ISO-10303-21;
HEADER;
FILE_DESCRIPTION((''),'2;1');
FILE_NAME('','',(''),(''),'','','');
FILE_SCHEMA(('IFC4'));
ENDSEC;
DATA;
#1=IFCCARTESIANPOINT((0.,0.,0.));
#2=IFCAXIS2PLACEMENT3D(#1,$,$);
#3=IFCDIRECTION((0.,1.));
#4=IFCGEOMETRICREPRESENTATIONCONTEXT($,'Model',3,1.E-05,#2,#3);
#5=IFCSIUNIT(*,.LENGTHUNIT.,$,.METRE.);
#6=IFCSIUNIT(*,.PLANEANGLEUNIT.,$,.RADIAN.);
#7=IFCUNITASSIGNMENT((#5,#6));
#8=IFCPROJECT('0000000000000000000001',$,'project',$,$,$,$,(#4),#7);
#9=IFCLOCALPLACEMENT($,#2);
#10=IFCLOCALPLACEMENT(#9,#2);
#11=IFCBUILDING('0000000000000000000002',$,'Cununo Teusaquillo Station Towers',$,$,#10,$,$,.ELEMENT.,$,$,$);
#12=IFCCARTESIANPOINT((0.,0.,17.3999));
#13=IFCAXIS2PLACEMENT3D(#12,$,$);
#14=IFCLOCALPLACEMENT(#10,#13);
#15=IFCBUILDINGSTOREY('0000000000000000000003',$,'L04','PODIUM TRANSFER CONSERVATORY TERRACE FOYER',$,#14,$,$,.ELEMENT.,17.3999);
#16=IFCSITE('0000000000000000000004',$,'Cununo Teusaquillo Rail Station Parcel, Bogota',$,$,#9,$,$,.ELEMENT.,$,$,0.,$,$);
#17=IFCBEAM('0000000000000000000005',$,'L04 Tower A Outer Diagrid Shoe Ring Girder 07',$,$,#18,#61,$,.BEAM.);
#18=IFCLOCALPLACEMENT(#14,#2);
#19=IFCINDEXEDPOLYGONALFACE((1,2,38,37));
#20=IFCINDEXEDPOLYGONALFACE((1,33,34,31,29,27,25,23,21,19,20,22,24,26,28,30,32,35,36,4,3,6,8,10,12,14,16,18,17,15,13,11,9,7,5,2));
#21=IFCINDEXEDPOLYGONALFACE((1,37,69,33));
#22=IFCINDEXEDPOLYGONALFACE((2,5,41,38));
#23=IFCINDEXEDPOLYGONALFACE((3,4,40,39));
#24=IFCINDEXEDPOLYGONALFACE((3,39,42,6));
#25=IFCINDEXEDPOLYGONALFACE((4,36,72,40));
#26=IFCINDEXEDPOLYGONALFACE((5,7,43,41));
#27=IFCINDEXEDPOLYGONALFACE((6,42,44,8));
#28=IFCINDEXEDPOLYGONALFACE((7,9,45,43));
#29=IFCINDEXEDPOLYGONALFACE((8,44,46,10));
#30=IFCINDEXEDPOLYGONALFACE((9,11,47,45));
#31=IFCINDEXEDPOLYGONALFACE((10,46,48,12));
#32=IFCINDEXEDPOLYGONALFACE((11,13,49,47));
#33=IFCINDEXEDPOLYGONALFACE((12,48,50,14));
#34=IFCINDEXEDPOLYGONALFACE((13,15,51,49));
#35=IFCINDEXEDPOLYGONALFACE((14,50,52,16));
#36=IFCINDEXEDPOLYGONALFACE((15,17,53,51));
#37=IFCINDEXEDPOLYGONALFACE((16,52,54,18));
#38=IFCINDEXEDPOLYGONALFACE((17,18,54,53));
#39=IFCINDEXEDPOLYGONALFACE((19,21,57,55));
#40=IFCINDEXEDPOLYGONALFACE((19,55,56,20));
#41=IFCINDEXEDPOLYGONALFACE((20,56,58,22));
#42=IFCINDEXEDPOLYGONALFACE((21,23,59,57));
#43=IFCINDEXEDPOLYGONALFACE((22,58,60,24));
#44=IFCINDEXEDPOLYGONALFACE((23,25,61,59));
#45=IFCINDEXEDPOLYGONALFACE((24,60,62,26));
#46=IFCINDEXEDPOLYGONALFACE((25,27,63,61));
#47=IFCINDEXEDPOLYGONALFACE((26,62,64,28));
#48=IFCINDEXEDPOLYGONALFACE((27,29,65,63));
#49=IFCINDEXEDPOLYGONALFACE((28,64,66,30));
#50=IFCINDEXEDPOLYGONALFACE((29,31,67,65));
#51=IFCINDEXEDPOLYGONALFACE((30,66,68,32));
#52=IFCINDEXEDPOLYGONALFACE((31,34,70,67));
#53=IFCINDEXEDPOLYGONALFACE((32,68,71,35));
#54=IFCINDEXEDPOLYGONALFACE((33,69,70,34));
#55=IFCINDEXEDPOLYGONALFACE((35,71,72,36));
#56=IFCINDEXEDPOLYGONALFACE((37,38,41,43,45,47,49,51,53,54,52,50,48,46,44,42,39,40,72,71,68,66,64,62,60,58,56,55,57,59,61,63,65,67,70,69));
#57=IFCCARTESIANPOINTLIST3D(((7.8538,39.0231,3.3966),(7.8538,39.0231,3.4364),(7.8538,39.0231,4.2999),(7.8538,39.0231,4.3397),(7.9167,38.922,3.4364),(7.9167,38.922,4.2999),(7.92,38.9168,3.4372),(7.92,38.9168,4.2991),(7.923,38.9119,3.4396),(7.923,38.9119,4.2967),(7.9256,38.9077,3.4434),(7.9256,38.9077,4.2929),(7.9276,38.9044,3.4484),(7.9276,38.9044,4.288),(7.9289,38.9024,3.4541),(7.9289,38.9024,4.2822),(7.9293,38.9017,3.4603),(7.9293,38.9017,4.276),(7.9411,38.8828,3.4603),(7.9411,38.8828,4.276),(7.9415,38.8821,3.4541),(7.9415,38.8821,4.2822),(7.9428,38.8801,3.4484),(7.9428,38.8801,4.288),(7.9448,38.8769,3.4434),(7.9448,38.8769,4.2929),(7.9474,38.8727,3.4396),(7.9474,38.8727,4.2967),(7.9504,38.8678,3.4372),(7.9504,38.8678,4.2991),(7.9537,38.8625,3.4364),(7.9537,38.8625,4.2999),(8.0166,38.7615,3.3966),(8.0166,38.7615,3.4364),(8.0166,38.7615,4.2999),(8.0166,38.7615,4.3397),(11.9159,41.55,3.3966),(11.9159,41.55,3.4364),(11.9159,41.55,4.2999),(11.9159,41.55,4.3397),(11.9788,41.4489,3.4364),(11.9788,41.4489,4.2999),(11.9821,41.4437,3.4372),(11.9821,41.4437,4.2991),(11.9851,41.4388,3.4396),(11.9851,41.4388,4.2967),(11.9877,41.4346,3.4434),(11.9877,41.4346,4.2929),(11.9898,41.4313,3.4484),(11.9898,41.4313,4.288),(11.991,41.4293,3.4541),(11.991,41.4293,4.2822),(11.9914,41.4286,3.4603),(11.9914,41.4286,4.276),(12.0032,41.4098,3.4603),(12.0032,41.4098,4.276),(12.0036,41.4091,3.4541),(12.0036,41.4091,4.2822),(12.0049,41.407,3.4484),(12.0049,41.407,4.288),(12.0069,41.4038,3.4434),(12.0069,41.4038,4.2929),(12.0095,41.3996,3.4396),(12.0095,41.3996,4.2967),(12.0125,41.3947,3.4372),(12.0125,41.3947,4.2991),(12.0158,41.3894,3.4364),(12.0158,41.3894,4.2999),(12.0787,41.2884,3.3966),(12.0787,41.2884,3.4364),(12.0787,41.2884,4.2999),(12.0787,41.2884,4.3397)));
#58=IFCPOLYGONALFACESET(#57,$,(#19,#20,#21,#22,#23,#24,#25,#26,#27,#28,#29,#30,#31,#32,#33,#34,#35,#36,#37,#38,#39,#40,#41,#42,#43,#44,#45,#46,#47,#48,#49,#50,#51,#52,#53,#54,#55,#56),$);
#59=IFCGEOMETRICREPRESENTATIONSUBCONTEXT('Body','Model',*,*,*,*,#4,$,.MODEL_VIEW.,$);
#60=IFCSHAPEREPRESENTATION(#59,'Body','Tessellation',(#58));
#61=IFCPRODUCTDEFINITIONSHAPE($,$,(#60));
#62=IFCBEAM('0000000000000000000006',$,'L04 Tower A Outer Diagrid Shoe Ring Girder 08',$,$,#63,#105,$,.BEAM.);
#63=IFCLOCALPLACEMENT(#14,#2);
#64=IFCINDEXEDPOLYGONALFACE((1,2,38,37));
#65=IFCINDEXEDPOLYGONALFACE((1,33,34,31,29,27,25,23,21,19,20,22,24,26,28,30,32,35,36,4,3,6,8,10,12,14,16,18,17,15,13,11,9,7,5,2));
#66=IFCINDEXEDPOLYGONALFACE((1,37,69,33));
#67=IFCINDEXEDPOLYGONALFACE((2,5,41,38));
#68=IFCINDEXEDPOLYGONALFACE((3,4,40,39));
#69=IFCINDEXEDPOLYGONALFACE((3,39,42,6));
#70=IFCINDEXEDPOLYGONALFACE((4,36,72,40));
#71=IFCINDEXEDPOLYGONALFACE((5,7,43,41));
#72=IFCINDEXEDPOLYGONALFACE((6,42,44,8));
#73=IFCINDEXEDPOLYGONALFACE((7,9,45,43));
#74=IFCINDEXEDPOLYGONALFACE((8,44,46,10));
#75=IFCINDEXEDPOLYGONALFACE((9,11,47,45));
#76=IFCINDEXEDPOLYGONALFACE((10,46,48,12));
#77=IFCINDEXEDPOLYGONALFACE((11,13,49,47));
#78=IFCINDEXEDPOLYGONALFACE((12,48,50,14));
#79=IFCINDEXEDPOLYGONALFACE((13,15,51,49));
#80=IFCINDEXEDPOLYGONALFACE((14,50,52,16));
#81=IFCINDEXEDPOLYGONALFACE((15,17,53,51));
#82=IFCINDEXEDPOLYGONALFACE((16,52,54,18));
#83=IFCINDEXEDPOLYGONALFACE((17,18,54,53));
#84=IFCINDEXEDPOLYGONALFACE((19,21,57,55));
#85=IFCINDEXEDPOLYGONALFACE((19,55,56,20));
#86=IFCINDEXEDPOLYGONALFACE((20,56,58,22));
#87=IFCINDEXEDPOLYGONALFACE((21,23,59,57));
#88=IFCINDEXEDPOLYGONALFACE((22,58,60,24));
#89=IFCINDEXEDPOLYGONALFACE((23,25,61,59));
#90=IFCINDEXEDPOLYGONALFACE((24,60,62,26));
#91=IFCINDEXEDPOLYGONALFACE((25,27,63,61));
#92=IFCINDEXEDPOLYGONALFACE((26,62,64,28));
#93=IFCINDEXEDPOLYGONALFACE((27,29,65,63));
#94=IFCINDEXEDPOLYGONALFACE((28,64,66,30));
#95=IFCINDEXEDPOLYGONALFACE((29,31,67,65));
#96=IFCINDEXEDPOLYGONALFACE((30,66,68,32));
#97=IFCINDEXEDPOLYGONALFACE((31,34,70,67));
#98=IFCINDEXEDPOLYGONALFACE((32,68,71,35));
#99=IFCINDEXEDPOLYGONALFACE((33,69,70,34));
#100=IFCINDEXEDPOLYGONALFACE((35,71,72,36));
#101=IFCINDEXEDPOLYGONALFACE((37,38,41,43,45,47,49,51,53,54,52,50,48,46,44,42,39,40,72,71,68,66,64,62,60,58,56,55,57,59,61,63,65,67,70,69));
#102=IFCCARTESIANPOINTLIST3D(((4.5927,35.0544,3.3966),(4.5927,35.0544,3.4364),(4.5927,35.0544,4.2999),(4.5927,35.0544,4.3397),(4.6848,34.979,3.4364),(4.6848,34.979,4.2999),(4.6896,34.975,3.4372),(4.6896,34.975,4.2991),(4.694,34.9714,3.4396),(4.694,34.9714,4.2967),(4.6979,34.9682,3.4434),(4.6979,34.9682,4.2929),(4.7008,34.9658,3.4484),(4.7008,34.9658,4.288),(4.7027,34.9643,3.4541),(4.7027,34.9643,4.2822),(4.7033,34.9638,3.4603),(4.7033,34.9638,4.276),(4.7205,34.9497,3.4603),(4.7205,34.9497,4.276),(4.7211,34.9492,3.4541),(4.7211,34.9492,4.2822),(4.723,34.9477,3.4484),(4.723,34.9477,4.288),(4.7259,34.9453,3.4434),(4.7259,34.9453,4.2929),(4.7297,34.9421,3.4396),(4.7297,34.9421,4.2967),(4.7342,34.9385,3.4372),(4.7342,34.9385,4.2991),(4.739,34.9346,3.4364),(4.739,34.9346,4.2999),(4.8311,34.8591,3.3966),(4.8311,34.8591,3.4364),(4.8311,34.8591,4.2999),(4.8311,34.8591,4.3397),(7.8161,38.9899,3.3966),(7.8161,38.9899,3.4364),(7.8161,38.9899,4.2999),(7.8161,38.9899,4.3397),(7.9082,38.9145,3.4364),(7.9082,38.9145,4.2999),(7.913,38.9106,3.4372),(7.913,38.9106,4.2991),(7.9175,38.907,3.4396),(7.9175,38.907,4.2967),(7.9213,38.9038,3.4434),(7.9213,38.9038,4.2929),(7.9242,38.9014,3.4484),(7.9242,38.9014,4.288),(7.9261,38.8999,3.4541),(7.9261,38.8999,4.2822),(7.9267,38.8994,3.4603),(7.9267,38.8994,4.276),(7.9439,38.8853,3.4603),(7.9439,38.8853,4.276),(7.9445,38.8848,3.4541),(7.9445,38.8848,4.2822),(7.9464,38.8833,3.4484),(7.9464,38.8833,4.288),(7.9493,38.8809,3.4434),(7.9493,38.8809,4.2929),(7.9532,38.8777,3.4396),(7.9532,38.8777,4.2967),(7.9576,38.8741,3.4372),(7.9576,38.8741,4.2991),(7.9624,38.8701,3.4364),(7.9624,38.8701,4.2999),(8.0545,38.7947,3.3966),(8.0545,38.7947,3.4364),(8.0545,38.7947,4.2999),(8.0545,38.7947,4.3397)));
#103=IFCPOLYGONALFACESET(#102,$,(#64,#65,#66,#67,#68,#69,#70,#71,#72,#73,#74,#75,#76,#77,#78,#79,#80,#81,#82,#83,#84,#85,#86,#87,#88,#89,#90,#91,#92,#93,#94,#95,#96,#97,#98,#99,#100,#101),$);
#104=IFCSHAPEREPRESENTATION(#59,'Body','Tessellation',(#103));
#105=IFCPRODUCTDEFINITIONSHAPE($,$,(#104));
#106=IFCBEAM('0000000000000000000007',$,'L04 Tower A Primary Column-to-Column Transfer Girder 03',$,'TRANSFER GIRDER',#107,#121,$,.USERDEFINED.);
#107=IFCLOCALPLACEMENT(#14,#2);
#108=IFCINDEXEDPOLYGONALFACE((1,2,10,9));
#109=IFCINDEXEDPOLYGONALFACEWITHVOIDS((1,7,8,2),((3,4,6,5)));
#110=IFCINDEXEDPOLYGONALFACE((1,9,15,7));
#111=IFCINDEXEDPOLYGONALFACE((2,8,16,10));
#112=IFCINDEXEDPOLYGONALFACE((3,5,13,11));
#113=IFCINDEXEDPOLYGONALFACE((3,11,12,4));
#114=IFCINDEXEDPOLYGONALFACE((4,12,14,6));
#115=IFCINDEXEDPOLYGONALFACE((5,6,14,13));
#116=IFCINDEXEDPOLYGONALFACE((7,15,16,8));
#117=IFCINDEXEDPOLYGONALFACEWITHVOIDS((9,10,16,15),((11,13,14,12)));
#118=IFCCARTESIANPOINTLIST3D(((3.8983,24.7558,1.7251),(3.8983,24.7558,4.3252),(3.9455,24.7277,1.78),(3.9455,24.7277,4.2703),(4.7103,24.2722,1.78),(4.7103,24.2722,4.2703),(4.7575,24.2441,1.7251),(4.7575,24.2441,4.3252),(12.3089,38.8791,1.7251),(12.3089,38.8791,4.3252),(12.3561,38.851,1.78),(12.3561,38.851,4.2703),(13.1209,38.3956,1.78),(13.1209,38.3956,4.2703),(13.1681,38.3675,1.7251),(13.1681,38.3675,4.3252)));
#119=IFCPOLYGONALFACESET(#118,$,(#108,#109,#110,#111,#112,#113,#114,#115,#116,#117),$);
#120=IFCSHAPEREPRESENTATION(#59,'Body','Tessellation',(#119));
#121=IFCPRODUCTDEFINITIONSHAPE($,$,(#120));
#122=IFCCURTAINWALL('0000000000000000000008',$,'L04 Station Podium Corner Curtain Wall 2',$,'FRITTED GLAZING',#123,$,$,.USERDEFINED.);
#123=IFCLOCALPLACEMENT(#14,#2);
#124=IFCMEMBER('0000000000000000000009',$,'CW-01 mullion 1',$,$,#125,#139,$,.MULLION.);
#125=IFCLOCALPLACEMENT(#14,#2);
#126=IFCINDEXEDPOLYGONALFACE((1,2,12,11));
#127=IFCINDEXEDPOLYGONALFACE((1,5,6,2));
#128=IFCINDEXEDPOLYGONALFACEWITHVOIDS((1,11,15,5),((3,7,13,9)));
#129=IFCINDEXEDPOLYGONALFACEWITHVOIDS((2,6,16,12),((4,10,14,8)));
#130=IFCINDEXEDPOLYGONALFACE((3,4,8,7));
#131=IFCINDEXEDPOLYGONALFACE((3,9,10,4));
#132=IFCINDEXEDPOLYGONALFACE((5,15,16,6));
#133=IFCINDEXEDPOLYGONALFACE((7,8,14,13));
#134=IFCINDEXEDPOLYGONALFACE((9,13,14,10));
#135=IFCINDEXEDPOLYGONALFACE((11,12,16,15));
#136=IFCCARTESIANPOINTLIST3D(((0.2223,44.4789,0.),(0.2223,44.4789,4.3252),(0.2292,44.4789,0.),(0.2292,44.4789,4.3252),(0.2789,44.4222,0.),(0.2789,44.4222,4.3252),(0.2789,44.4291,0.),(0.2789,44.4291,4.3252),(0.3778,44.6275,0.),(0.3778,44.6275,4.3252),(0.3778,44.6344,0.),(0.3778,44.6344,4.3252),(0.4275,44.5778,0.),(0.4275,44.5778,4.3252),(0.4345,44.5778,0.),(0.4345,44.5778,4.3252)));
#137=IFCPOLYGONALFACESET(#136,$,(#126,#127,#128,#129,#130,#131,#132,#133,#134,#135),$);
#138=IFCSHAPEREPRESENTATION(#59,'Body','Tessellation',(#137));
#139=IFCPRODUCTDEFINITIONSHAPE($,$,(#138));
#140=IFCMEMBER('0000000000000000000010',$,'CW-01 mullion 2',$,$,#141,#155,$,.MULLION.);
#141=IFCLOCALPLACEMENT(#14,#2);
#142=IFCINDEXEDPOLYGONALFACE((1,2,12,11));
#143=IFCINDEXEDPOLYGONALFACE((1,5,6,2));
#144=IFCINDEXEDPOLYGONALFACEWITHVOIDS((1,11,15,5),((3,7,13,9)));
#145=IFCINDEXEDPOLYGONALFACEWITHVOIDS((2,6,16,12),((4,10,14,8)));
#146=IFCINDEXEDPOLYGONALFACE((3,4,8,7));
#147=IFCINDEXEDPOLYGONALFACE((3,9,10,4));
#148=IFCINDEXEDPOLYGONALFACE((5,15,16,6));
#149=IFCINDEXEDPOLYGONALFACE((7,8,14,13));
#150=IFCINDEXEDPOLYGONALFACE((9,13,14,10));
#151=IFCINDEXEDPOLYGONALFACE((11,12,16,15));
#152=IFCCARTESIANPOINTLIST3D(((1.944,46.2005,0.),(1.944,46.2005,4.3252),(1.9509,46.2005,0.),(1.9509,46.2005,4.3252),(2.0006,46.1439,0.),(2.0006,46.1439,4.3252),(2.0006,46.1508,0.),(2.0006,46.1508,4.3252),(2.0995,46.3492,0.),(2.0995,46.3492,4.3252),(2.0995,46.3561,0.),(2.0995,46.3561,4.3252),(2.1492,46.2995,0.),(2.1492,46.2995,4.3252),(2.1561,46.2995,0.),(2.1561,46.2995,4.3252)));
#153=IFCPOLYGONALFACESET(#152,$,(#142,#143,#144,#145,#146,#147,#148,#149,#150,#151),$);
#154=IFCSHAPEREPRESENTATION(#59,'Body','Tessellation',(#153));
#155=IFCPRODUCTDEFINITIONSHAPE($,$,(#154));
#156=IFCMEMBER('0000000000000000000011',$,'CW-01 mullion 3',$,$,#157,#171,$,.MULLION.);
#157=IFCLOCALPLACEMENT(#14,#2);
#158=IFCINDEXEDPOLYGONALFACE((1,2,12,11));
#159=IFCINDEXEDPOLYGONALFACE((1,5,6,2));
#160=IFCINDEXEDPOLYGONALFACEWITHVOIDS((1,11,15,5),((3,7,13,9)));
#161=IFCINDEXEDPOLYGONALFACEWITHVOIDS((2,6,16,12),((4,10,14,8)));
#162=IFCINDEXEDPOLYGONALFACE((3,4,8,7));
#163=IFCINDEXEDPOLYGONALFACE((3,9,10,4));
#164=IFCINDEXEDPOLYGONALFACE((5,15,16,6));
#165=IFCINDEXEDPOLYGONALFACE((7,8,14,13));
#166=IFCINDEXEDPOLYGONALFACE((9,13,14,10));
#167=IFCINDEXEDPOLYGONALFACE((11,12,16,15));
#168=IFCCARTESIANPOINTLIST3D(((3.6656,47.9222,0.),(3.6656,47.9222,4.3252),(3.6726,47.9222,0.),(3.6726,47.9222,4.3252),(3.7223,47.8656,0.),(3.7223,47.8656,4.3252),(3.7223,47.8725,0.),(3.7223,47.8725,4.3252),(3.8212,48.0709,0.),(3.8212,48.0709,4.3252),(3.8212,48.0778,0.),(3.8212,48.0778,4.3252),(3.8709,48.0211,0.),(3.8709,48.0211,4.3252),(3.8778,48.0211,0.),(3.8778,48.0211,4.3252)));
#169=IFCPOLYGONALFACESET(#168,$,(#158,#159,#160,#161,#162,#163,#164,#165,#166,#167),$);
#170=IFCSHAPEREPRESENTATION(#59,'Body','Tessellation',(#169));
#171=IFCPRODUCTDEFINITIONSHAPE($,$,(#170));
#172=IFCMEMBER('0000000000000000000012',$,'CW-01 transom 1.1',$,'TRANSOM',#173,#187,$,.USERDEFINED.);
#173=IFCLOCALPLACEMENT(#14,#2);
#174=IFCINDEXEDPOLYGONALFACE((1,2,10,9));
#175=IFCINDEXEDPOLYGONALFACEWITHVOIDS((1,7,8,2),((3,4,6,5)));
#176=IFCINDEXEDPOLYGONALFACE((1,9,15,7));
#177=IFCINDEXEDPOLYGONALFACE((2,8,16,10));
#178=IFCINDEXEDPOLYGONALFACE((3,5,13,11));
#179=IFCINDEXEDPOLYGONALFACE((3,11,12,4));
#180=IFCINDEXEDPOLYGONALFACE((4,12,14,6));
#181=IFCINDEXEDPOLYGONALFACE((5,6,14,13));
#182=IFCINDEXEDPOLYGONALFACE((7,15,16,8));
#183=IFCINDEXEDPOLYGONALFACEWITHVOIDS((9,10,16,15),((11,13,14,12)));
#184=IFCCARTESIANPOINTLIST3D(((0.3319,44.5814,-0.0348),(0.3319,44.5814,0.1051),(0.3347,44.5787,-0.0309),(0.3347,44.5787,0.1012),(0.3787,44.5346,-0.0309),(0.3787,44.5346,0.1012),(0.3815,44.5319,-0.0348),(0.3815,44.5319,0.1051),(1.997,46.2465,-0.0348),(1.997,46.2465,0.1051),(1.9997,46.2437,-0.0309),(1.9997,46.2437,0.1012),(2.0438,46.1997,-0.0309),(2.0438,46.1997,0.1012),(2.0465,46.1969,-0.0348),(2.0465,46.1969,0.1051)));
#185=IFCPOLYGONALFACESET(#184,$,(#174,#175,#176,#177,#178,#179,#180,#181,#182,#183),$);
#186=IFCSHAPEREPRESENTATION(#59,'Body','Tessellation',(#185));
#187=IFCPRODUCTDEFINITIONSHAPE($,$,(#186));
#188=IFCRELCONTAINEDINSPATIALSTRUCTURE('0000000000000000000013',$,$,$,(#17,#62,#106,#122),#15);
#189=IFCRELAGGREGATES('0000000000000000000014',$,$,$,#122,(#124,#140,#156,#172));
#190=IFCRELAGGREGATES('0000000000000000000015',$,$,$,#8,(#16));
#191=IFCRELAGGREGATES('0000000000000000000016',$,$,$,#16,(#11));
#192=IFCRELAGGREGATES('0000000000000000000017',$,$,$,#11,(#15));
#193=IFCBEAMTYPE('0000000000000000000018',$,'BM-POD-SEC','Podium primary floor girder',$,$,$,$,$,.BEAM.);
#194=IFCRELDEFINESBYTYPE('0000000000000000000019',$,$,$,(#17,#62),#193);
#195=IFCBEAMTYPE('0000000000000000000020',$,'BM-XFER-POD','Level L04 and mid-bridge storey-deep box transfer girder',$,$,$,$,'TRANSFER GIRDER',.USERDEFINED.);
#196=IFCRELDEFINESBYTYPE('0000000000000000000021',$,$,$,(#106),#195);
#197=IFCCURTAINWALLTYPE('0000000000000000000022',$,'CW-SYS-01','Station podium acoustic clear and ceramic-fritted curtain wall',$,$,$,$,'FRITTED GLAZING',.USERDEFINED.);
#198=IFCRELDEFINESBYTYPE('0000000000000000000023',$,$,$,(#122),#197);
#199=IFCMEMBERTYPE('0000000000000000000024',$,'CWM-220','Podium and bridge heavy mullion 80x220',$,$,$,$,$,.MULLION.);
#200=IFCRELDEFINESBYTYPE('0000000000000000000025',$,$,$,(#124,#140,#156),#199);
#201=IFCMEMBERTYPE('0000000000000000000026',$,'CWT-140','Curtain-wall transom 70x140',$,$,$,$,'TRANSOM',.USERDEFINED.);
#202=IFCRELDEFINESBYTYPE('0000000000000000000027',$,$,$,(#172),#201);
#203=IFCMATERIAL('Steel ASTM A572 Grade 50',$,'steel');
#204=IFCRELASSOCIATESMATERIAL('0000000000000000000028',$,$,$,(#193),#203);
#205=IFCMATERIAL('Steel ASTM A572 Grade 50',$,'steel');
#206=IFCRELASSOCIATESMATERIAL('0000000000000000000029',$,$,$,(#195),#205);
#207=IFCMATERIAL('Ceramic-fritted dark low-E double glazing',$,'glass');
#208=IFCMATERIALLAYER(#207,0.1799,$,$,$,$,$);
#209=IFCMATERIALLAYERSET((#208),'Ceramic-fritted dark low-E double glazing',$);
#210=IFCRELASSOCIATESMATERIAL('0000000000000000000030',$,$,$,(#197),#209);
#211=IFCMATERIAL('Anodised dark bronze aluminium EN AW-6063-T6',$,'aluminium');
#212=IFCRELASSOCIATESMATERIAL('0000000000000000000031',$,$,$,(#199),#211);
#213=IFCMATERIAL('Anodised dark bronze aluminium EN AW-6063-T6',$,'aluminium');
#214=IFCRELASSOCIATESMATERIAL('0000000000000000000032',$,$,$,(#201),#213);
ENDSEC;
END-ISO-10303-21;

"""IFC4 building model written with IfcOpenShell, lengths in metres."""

from ifc_helpers import new_model, si_unit, direction, frame, origin, origin_2d, place, context, subcontext, project, spatial, hollow_rectangle, i_section, extrude, material, layer, layer_set, material_profile, profile_set, type_object, element, aggregate, save


model = new_model("IFC4")

# Units and contexts
model_context = context("Model", 3, precision=1e-05, world=origin(), true_north=direction((0.0, 1.0)))
body_context = subcontext(model_context, "Body", "Model", "MODEL_VIEW")
ifc_project = project(units=[si_unit("LENGTHUNIT", "METRE"), si_unit("PLANEANGLEUNIT", "RADIAN")], contexts=[model_context])

# Site, building, storey
site_placement = place(None, origin())
site = spatial("IfcSite", under=ifc_project, at=site_placement, Name="Cununo Teusaquillo Rail Station Parcel, Bogota", CompositionType="ELEMENT", RefElevation=0.0)
building_placement = place(site_placement, origin())
building = spatial("IfcBuilding", under=site, at=building_placement, Name="Cununo Teusaquillo Station Towers", CompositionType="ELEMENT")
storey_placement = place(building_placement, frame((0.0, 0.0, 17.3999)))
storey = spatial("IfcBuildingStorey", under=building, at=storey_placement, Name="L04", Description="PODIUM TRANSFER CONSERVATORY TERRACE FOYER", CompositionType="ELEMENT", Elevation=17.3999)

# Beams
ifc_material_1 = material(Name="Steel ASTM A572 Grade 50", Category="steel")
ifc_material_profile_1 = material_profile(ifc_material_1, i_section(OverallWidth=0.3081, OverallDepth=0.9431, WebThickness=0.0222, FlangeThickness=0.0398, FilletRadius=0.0239, at=origin_2d()), Name="W36X232")
ifc_profile_set_1 = profile_set([ifc_material_profile_1], Name="Steel ASTM A572 Grade 50")
beam_type_1 = type_object("IfcBeamType", Name="BM-POD-SEC", Description="Podium primary floor girder", PredefinedType="BEAM", material=ifc_profile_set_1)
beam_1_placement = place(storey_placement, frame((11.9973, 41.4192, 3.8682), z_axis=(-0.849115, -0.528209, 0.0), x_axis=(0.528209, -0.849115, 0.0)))
element("IfcBeam", 1, at=beam_1_placement, inside=storey, type_object=beam_type_1, Name="L04 Tower A Outer Diagrid Shoe Ring Girder 07", PredefinedType="BEAM", context=body_context, shape_type="SweptSolid", body=[
    extrude(i_section(OverallWidth=0.3081, OverallDepth=0.9431, WebThickness=0.0222, FlangeThickness=0.0398, FilletRadius=0.0239, at=origin_2d()), origin(), (0.0, 0.0, 1.0), 4.7839),
])
beam_2_placement = place(storey_placement, frame((7.9353, 38.8923, 3.8682), z_axis=(-0.633638, -0.77363, 0.0), x_axis=(0.77363, -0.633638, 0.0)))
element("IfcBeam", 2, at=beam_2_placement, inside=storey, type_object=beam_type_1, Name="L04 Tower A Outer Diagrid Shoe Ring Girder 08", PredefinedType="BEAM", context=body_context, shape_type="SweptSolid", body=[
    extrude(i_section(OverallWidth=0.3081, OverallDepth=0.9431, WebThickness=0.0222, FlangeThickness=0.0398, FilletRadius=0.0239, at=origin_2d()), origin(), (0.0, 0.0, 1.0), 5.0872),
])
ifc_material_2 = material(Name="Steel ASTM A572 Grade 50", Category="steel")
ifc_material_profile_2 = material_profile(ifc_material_2, hollow_rectangle(XDim=1.0, YDim=2.6001, WallThickness=0.0549, at=origin_2d()), Name="BOX 2600x1000x55")
ifc_profile_set_2 = profile_set([ifc_material_profile_2], Name="Steel ASTM A572 Grade 50")
beam_type_2 = type_object("IfcBeamType", Name="BM-XFER-POD", Description="Level L04 and mid-bridge storey-deep box transfer girder", ElementType="TRANSFER GIRDER", PredefinedType="USERDEFINED", material=ifc_profile_set_2)
beam_3_placement = place(storey_placement, frame((12.7385, 38.6233, 3.0251), z_axis=(-0.51166, -0.859188, 0.0), x_axis=(0.859188, -0.51166, 0.0)))
element("IfcBeam", 3, at=beam_3_placement, inside=storey, type_object=beam_type_2, Name="L04 Tower A Primary Column-to-Column Transfer Girder 03", ObjectType="TRANSFER GIRDER", PredefinedType="USERDEFINED", context=body_context, shape_type="SweptSolid", body=[
    extrude(hollow_rectangle(XDim=1.0, YDim=2.6001, WallThickness=0.0549, at=origin_2d()), origin(), (0.0, 0.0, 1.0), 16.438),
])

# Curtain wall, members
ifc_material_3 = material(Name="Ceramic-fritted dark low-E double glazing", Category="glass")
ifc_layer_1 = layer(ifc_material_3, 0.1799)
ifc_layer_set_1 = layer_set([ifc_layer_1], Name="Ceramic-fritted dark low-E double glazing")
curtain_wall_type = type_object("IfcCurtainWallType", Name="CW-SYS-01", Description="Station podium acoustic clear and ceramic-fritted curtain wall", ElementType="FRITTED GLAZING", PredefinedType="USERDEFINED", material=ifc_layer_set_1)
curtain_wall_placement = place(storey_placement, origin())
curtain_wall = element("IfcCurtainWall", 4, at=curtain_wall_placement, inside=storey, type_object=curtain_wall_type, Name="L04 Station Podium Corner Curtain Wall 2", ObjectType="FRITTED GLAZING", PredefinedType="USERDEFINED")
ifc_material_4 = material(Name="Anodised dark bronze aluminium EN AW-6063-T6", Category="aluminium")
ifc_material_profile_3 = material_profile(ifc_material_4, hollow_rectangle(XDim=0.0801, YDim=0.22, WallThickness=0.0049, at=origin_2d()), Name="CW-MULL-80x220")
ifc_profile_set_3 = profile_set([ifc_material_profile_3], Name="Anodised dark bronze aluminium EN AW-6063-T6")
member_type_1 = type_object("IfcMemberType", Name="CWM-220", Description="Podium and bridge heavy mullion 80x220", PredefinedType="MULLION", material=ifc_profile_set_3)
member_1_placement = place(storey_placement, frame((0.3284, 44.5283, 0.0), z_axis=(0.0, 0.0, 1.0), x_axis=(-0.707107, 0.707107, 0.0)))
member_1 = element("IfcMember", 5, at=member_1_placement, type_object=member_type_1, Name="CW-01 mullion 1", PredefinedType="MULLION", context=body_context, shape_type="SweptSolid", body=[
    extrude(hollow_rectangle(XDim=0.0801, YDim=0.22, WallThickness=0.0049, at=origin_2d()), origin(), (0.0, 0.0, 1.0), 4.3252),
])
member_2_placement = place(storey_placement, frame((2.05, 46.25, 0.0), z_axis=(0.0, 0.0, 1.0), x_axis=(-0.707107, 0.707107, 0.0)))
member_2 = element("IfcMember", 6, at=member_2_placement, type_object=member_type_1, Name="CW-01 mullion 2", PredefinedType="MULLION", context=body_context, shape_type="SweptSolid", body=[
    extrude(hollow_rectangle(XDim=0.0801, YDim=0.22, WallThickness=0.0049, at=origin_2d()), origin(), (0.0, 0.0, 1.0), 4.3252),
])
member_3_placement = place(storey_placement, frame((3.7717, 47.9717, 0.0), z_axis=(0.0, 0.0, 1.0), x_axis=(-0.707107, 0.707107, 0.0)))
member_3 = element("IfcMember", 7, at=member_3_placement, type_object=member_type_1, Name="CW-01 mullion 3", PredefinedType="MULLION", context=body_context, shape_type="SweptSolid", body=[
    extrude(hollow_rectangle(XDim=0.0801, YDim=0.22, WallThickness=0.0049, at=origin_2d()), origin(), (0.0, 0.0, 1.0), 4.3252),
])
ifc_material_5 = material(Name="Anodised dark bronze aluminium EN AW-6063-T6", Category="aluminium")
ifc_material_profile_4 = material_profile(ifc_material_5, hollow_rectangle(XDim=0.0701, YDim=0.1399, WallThickness=0.0039, at=origin_2d()), Name="CW-TRAN-70x140")
ifc_profile_set_4 = profile_set([ifc_material_profile_4], Name="Anodised dark bronze aluminium EN AW-6063-T6")
member_type_2 = type_object("IfcMemberType", Name="CWT-140", Description="Curtain-wall transom 70x140", ElementType="TRANSOM", PredefinedType="USERDEFINED", material=ifc_profile_set_4)
member_4_placement = place(storey_placement, frame((0.3567, 44.5566, 0.0352), z_axis=(0.707107, 0.707107, 0.0), x_axis=(-0.707107, 0.707107, 0.0)))
member_4 = element("IfcMember", 8, at=member_4_placement, type_object=member_type_2, Name="CW-01 transom 1.1", ObjectType="TRANSOM", PredefinedType="USERDEFINED", context=body_context, shape_type="SweptSolid", body=[
    extrude(hollow_rectangle(XDim=0.0701, YDim=0.1399, WallThickness=0.0039, at=origin_2d()), origin(), (0.0, 0.0, 1.0), 2.3547),
])

aggregate(curtain_wall, [member_1, member_2, member_3, member_4])

save(model, "model.ifc")
